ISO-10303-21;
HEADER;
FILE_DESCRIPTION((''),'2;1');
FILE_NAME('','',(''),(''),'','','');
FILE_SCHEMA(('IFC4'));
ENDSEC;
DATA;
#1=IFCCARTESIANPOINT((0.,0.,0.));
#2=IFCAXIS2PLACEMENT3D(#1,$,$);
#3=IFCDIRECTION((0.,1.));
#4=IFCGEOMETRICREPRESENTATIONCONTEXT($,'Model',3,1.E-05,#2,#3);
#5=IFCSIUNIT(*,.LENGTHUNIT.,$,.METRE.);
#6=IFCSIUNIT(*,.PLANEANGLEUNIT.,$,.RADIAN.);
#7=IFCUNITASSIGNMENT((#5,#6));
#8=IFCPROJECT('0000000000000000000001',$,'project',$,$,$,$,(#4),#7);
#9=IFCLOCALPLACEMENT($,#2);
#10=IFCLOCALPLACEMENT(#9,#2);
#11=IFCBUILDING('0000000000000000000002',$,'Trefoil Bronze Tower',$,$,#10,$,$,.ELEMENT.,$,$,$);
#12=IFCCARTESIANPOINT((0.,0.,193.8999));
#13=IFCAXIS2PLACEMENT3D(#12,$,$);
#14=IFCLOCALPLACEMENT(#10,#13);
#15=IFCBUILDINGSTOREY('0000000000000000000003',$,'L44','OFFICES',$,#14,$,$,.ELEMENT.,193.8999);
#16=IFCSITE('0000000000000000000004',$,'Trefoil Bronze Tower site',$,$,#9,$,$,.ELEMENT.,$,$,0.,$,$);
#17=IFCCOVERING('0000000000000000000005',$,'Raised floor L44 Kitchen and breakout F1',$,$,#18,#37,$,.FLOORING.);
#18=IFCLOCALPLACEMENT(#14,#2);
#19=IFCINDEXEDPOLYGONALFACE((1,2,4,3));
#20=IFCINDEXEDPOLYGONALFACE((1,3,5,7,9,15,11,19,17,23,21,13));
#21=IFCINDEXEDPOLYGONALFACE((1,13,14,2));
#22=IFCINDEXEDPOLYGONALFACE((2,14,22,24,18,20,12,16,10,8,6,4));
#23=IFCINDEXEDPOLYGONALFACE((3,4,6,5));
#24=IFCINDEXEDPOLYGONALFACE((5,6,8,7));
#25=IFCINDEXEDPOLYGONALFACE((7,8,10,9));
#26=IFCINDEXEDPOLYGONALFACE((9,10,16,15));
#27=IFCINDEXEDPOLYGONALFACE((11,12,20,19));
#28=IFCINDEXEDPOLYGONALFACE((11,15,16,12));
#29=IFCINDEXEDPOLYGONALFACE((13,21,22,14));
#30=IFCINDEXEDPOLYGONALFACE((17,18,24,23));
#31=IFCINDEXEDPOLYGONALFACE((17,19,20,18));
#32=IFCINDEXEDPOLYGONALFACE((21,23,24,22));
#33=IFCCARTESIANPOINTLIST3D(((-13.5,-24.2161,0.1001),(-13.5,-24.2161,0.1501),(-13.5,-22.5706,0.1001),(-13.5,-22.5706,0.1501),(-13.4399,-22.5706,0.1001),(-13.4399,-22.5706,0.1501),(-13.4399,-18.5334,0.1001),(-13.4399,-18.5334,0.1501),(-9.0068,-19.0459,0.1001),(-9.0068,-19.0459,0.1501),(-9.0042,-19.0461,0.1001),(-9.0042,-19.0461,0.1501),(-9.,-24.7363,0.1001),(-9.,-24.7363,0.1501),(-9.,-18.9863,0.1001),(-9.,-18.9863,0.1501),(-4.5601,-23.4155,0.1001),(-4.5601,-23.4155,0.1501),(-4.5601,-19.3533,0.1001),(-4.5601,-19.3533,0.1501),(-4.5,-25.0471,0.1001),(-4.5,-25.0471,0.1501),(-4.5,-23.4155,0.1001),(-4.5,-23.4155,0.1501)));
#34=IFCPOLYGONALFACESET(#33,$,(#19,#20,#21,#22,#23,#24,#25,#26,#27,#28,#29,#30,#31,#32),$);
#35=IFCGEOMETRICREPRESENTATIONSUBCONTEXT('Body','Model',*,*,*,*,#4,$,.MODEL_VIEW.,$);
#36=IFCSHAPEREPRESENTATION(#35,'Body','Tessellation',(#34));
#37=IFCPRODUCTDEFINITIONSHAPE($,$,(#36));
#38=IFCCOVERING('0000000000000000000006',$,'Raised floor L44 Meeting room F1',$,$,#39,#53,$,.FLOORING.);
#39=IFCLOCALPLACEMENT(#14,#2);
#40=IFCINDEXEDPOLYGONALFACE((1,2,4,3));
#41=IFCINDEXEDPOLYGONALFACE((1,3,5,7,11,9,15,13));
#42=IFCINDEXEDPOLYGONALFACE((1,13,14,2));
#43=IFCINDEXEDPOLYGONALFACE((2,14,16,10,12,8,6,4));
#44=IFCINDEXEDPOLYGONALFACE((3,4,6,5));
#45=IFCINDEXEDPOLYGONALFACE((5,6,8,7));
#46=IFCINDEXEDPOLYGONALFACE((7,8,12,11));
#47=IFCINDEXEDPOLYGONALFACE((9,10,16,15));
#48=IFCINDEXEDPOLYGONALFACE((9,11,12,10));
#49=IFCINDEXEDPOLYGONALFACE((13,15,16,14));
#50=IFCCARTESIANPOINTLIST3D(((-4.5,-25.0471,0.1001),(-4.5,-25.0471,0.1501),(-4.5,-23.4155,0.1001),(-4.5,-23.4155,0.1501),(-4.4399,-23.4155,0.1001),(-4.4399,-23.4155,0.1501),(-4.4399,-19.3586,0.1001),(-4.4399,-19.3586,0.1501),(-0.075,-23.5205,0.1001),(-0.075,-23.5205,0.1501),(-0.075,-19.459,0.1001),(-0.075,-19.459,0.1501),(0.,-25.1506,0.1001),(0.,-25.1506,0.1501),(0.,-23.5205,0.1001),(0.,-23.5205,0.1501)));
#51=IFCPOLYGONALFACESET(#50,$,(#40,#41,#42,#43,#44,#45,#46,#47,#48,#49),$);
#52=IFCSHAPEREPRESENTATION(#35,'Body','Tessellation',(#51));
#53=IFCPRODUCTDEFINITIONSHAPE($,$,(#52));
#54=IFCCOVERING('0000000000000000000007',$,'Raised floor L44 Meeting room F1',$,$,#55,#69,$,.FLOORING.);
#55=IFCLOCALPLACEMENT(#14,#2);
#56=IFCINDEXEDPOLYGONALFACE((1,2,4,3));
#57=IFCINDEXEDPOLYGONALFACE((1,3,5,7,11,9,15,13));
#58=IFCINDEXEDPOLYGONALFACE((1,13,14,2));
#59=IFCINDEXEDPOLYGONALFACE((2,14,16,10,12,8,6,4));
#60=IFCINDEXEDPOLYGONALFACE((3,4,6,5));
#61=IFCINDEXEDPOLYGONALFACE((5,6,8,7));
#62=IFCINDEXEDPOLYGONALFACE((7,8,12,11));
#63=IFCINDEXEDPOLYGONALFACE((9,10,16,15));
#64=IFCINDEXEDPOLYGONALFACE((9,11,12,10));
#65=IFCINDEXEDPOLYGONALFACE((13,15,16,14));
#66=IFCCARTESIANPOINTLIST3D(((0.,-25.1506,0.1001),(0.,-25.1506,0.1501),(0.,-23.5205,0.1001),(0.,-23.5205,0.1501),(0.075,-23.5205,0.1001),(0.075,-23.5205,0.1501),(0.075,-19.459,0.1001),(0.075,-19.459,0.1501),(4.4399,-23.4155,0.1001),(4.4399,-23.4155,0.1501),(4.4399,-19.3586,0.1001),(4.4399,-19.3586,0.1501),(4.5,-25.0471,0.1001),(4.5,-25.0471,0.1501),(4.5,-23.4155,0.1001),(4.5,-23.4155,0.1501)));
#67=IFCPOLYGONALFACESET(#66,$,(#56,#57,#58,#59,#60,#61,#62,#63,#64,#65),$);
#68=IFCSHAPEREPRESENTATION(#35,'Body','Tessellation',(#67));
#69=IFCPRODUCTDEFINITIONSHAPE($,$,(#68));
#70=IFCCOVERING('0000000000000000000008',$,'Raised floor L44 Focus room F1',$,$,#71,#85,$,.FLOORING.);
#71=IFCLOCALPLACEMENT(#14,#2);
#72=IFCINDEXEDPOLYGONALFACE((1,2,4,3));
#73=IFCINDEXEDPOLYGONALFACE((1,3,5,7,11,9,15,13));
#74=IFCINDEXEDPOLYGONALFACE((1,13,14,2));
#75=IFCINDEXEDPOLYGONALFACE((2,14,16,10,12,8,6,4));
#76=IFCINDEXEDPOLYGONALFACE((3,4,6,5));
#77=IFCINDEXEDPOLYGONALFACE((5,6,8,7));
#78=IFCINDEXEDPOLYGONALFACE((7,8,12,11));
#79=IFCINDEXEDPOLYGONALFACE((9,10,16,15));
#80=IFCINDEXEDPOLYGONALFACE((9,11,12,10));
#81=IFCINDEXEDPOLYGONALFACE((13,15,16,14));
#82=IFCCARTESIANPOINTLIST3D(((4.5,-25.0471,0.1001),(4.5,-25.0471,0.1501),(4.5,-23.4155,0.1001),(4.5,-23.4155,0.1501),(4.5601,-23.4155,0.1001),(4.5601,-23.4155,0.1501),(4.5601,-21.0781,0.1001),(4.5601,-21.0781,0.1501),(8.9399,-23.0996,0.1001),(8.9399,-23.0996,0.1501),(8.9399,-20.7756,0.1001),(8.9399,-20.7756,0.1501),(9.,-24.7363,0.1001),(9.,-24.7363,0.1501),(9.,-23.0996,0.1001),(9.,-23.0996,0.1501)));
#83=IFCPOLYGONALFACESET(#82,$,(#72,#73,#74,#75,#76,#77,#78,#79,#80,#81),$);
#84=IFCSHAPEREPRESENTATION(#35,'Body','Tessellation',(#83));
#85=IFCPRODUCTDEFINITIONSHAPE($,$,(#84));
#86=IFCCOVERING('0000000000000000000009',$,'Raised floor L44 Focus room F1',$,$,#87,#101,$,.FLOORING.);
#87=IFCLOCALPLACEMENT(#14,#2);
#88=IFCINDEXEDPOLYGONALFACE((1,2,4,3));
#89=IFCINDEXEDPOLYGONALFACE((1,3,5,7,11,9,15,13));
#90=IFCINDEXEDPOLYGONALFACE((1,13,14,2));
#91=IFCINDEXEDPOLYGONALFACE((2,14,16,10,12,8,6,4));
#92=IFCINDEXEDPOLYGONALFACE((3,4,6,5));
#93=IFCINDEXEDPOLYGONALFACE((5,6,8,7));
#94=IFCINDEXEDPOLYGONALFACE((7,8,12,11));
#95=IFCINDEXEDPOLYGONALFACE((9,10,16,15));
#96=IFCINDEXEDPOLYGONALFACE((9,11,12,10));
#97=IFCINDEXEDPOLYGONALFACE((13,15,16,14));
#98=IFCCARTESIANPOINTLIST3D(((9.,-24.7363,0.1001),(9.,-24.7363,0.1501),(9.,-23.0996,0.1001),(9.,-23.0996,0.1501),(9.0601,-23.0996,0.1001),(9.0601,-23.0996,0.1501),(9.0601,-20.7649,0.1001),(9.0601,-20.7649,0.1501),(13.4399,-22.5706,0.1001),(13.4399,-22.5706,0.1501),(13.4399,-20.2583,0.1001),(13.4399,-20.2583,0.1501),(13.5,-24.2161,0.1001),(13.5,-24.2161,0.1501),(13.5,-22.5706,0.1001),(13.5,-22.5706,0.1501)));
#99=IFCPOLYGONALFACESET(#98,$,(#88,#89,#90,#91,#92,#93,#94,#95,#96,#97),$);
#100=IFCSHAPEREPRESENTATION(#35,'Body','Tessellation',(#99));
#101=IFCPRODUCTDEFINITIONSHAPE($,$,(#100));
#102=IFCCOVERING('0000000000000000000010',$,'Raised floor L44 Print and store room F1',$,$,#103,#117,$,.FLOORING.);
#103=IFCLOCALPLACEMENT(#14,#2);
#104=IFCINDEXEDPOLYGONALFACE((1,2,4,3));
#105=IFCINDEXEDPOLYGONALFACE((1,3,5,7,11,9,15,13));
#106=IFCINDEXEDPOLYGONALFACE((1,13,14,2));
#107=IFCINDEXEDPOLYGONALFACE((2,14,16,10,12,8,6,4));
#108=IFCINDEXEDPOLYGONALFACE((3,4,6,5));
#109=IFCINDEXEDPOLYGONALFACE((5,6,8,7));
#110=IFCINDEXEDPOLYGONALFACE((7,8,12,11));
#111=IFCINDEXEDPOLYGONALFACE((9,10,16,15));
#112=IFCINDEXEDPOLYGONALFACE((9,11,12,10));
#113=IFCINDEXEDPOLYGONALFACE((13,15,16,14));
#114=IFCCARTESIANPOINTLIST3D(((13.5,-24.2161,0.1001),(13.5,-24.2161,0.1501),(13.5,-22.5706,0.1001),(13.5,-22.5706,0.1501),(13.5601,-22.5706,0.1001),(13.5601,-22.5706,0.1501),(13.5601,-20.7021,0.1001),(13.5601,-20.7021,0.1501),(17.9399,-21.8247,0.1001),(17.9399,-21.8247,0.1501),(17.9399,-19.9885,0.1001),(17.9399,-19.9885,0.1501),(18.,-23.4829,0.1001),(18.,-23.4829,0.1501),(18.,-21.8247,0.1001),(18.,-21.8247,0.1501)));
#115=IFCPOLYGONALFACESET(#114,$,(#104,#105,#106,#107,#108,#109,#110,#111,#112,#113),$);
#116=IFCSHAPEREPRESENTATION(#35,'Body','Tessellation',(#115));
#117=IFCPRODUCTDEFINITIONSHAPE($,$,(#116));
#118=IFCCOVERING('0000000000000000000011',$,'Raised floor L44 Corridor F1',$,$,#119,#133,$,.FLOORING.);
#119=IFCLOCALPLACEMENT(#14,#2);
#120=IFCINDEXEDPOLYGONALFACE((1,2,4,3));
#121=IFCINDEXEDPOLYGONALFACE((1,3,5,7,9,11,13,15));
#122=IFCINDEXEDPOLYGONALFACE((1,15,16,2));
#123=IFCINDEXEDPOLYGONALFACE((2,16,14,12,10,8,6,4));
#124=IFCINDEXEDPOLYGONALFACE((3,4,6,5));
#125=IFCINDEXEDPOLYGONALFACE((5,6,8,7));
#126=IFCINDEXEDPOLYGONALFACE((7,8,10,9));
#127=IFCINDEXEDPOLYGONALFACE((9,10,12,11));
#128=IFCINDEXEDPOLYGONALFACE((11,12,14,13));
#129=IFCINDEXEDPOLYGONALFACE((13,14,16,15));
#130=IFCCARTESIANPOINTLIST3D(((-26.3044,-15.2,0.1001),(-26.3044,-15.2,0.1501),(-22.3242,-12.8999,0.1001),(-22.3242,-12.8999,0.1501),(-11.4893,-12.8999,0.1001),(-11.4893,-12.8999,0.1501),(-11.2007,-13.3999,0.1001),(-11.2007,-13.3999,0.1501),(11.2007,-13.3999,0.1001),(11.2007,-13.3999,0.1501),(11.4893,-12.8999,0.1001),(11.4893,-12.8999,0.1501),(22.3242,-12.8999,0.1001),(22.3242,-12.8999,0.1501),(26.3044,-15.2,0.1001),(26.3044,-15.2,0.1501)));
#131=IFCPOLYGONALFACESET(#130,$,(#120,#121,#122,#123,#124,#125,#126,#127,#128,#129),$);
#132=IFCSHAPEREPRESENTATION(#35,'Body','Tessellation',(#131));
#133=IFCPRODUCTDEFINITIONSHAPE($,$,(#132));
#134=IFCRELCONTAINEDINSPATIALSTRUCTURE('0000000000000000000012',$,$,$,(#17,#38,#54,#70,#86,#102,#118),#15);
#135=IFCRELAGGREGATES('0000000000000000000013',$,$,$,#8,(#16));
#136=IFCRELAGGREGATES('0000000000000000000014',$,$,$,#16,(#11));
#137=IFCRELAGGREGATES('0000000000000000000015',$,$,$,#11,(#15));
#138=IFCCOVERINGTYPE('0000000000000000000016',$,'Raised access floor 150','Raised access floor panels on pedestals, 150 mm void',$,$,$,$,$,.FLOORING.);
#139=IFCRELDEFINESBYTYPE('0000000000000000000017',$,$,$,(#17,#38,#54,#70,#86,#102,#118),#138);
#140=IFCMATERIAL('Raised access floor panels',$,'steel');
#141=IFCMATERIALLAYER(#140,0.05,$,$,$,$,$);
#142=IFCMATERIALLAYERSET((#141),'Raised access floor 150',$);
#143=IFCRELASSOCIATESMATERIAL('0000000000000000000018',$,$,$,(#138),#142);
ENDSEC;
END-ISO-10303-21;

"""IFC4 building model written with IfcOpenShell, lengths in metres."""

from ifc_helpers import new_model, si_unit, direction, frame, origin, place, context, subcontext, project, spatial, polyline, outline, extrude, material, layer, layer_set, type_object, element, save


model = new_model("IFC4")

# Units and contexts
model_context = context("Model", 3, precision=1e-05, world=origin(), true_north=direction((0.0, 1.0)))
body_context = subcontext(model_context, "Body", "Model", "MODEL_VIEW")
ifc_project = project(units=[si_unit("LENGTHUNIT", "METRE"), si_unit("PLANEANGLEUNIT", "RADIAN")], contexts=[model_context])

# Site, building, storey
site_placement = place(None, origin())
site = spatial("IfcSite", under=ifc_project, at=site_placement, Name="Trefoil Bronze Tower site", CompositionType="ELEMENT", RefElevation=0.0)
building_placement = place(site_placement, origin())
building = spatial("IfcBuilding", under=site, at=building_placement, Name="Trefoil Bronze Tower", CompositionType="ELEMENT")
storey_placement = place(building_placement, frame((0.0, 0.0, 193.8999)))
storey = spatial("IfcBuildingStorey", under=building, at=storey_placement, Name="L44", Description="OFFICES", CompositionType="ELEMENT", Elevation=193.8999)

# Coverings
ifc_material_1 = material(Name="Raised access floor panels", Category="steel")
ifc_layer_1 = layer(ifc_material_1, 0.05)
ifc_layer_set_1 = layer_set([ifc_layer_1], Name="Raised access floor 150")
covering_type_1 = type_object("IfcCoveringType", Name="Raised access floor 150", Description="Raised access floor panels on pedestals, 150 mm void", PredefinedType="FLOORING", material=ifc_layer_set_1)
covering_1_placement = place(storey_placement, frame((0.0, 0.0, 0.1001)))
element("IfcCovering", 1, at=covering_1_placement, inside=storey, type_object=covering_type_1, Name="Raised floor L44 Kitchen and breakout F1", PredefinedType="FLOORING", context=body_context, shape_type="SweptSolid", body=[
    extrude(outline(polyline([(-9.0, -24.7363), (-13.5, -24.2161), (-13.5, -22.5706), (-13.4399, -22.5706), (-13.4399, -18.5334), (-9.0068, -19.0459), (-9.0, -18.9863), (-9.0042, -19.0461), (-4.5601, -19.3533), (-4.5601, -23.4155), (-4.5, -23.4155), (-4.5, -25.0471), (-9.0, -24.7363)])), origin(), (0.0, 0.0, 1.0), 0.05),
])
covering_2_placement = place(storey_placement, frame((0.0, 0.0, 0.1001)))
element("IfcCovering", 2, at=covering_2_placement, inside=storey, type_object=covering_type_1, Name="Raised floor L44 Meeting room F1", PredefinedType="FLOORING", context=body_context, shape_type="SweptSolid", body=[
    extrude(outline(polyline([(0.0, -25.1506), (-4.5, -25.0471), (-4.5, -23.4155), (-4.4399, -23.4155), (-4.4399, -19.3586), (-0.075, -19.459), (-0.075, -23.5205), (0.0, -23.5205), (0.0, -25.1506)])), origin(), (0.0, 0.0, 1.0), 0.05),
])
covering_3_placement = place(storey_placement, frame((0.0, 0.0, 0.1001)))
element("IfcCovering", 3, at=covering_3_placement, inside=storey, type_object=covering_type_1, Name="Raised floor L44 Meeting room F1", PredefinedType="FLOORING", context=body_context, shape_type="SweptSolid", body=[
    extrude(outline(polyline([(4.5, -25.0471), (0.0, -25.1506), (0.0, -23.5205), (0.075, -23.5205), (0.075, -19.459), (4.4399, -19.3586), (4.4399, -23.4155), (4.5, -23.4155), (4.5, -25.0471)])), origin(), (0.0, 0.0, 1.0), 0.05),
])
covering_4_placement = place(storey_placement, frame((0.0, 0.0, 0.1001)))
element("IfcCovering", 4, at=covering_4_placement, inside=storey, type_object=covering_type_1, Name="Raised floor L44 Focus room F1", PredefinedType="FLOORING", context=body_context, shape_type="SweptSolid", body=[
    extrude(outline(polyline([(9.0, -24.7363), (4.5, -25.0471), (4.5, -23.4155), (4.5601, -23.4155), (4.5601, -21.0781), (8.9399, -20.7756), (8.9399, -23.0996), (9.0, -23.0996), (9.0, -24.7363)])), origin(), (0.0, 0.0, 1.0), 0.05),
])
covering_5_placement = place(storey_placement, frame((0.0, 0.0, 0.1001)))
element("IfcCovering", 5, at=covering_5_placement, inside=storey, type_object=covering_type_1, Name="Raised floor L44 Focus room F1", PredefinedType="FLOORING", context=body_context, shape_type="SweptSolid", body=[
    extrude(outline(polyline([(13.5, -24.2161), (9.0, -24.7363), (9.0, -23.0996), (9.0601, -23.0996), (9.0601, -20.7649), (13.4399, -20.2583), (13.4399, -22.5706), (13.5, -22.5706), (13.5, -24.2161)])), origin(), (0.0, 0.0, 1.0), 0.05),
])
covering_6_placement = place(storey_placement, frame((0.0, 0.0, 0.1001)))
element("IfcCovering", 6, at=covering_6_placement, inside=storey, type_object=covering_type_1, Name="Raised floor L44 Print and store room F1", PredefinedType="FLOORING", context=body_context, shape_type="SweptSolid", body=[
    extrude(outline(polyline([(18.0, -23.4829), (13.5, -24.2161), (13.5, -22.5706), (13.5601, -22.5706), (13.5601, -20.7021), (17.9399, -19.9885), (17.9399, -21.8247), (18.0, -21.8247), (18.0, -23.4829)])), origin(), (0.0, 0.0, 1.0), 0.05),
])
covering_7_placement = place(storey_placement, frame((0.0, 0.0, 0.1001)))
element("IfcCovering", 7, at=covering_7_placement, inside=storey, type_object=covering_type_1, Name="Raised floor L44 Corridor F1", PredefinedType="FLOORING", context=body_context, shape_type="SweptSolid", body=[
    extrude(outline(polyline([(-26.3044, -15.2), (-22.3242, -12.8999), (-11.4893, -12.8999), (-11.2007, -13.3999), (11.2007, -13.3999), (11.4893, -12.8999), (22.3242, -12.8999), (26.3044, -15.2), (-26.3044, -15.2)])), origin(), (0.0, 0.0, 1.0), 0.05),
])

save(model, "model.ifc")
